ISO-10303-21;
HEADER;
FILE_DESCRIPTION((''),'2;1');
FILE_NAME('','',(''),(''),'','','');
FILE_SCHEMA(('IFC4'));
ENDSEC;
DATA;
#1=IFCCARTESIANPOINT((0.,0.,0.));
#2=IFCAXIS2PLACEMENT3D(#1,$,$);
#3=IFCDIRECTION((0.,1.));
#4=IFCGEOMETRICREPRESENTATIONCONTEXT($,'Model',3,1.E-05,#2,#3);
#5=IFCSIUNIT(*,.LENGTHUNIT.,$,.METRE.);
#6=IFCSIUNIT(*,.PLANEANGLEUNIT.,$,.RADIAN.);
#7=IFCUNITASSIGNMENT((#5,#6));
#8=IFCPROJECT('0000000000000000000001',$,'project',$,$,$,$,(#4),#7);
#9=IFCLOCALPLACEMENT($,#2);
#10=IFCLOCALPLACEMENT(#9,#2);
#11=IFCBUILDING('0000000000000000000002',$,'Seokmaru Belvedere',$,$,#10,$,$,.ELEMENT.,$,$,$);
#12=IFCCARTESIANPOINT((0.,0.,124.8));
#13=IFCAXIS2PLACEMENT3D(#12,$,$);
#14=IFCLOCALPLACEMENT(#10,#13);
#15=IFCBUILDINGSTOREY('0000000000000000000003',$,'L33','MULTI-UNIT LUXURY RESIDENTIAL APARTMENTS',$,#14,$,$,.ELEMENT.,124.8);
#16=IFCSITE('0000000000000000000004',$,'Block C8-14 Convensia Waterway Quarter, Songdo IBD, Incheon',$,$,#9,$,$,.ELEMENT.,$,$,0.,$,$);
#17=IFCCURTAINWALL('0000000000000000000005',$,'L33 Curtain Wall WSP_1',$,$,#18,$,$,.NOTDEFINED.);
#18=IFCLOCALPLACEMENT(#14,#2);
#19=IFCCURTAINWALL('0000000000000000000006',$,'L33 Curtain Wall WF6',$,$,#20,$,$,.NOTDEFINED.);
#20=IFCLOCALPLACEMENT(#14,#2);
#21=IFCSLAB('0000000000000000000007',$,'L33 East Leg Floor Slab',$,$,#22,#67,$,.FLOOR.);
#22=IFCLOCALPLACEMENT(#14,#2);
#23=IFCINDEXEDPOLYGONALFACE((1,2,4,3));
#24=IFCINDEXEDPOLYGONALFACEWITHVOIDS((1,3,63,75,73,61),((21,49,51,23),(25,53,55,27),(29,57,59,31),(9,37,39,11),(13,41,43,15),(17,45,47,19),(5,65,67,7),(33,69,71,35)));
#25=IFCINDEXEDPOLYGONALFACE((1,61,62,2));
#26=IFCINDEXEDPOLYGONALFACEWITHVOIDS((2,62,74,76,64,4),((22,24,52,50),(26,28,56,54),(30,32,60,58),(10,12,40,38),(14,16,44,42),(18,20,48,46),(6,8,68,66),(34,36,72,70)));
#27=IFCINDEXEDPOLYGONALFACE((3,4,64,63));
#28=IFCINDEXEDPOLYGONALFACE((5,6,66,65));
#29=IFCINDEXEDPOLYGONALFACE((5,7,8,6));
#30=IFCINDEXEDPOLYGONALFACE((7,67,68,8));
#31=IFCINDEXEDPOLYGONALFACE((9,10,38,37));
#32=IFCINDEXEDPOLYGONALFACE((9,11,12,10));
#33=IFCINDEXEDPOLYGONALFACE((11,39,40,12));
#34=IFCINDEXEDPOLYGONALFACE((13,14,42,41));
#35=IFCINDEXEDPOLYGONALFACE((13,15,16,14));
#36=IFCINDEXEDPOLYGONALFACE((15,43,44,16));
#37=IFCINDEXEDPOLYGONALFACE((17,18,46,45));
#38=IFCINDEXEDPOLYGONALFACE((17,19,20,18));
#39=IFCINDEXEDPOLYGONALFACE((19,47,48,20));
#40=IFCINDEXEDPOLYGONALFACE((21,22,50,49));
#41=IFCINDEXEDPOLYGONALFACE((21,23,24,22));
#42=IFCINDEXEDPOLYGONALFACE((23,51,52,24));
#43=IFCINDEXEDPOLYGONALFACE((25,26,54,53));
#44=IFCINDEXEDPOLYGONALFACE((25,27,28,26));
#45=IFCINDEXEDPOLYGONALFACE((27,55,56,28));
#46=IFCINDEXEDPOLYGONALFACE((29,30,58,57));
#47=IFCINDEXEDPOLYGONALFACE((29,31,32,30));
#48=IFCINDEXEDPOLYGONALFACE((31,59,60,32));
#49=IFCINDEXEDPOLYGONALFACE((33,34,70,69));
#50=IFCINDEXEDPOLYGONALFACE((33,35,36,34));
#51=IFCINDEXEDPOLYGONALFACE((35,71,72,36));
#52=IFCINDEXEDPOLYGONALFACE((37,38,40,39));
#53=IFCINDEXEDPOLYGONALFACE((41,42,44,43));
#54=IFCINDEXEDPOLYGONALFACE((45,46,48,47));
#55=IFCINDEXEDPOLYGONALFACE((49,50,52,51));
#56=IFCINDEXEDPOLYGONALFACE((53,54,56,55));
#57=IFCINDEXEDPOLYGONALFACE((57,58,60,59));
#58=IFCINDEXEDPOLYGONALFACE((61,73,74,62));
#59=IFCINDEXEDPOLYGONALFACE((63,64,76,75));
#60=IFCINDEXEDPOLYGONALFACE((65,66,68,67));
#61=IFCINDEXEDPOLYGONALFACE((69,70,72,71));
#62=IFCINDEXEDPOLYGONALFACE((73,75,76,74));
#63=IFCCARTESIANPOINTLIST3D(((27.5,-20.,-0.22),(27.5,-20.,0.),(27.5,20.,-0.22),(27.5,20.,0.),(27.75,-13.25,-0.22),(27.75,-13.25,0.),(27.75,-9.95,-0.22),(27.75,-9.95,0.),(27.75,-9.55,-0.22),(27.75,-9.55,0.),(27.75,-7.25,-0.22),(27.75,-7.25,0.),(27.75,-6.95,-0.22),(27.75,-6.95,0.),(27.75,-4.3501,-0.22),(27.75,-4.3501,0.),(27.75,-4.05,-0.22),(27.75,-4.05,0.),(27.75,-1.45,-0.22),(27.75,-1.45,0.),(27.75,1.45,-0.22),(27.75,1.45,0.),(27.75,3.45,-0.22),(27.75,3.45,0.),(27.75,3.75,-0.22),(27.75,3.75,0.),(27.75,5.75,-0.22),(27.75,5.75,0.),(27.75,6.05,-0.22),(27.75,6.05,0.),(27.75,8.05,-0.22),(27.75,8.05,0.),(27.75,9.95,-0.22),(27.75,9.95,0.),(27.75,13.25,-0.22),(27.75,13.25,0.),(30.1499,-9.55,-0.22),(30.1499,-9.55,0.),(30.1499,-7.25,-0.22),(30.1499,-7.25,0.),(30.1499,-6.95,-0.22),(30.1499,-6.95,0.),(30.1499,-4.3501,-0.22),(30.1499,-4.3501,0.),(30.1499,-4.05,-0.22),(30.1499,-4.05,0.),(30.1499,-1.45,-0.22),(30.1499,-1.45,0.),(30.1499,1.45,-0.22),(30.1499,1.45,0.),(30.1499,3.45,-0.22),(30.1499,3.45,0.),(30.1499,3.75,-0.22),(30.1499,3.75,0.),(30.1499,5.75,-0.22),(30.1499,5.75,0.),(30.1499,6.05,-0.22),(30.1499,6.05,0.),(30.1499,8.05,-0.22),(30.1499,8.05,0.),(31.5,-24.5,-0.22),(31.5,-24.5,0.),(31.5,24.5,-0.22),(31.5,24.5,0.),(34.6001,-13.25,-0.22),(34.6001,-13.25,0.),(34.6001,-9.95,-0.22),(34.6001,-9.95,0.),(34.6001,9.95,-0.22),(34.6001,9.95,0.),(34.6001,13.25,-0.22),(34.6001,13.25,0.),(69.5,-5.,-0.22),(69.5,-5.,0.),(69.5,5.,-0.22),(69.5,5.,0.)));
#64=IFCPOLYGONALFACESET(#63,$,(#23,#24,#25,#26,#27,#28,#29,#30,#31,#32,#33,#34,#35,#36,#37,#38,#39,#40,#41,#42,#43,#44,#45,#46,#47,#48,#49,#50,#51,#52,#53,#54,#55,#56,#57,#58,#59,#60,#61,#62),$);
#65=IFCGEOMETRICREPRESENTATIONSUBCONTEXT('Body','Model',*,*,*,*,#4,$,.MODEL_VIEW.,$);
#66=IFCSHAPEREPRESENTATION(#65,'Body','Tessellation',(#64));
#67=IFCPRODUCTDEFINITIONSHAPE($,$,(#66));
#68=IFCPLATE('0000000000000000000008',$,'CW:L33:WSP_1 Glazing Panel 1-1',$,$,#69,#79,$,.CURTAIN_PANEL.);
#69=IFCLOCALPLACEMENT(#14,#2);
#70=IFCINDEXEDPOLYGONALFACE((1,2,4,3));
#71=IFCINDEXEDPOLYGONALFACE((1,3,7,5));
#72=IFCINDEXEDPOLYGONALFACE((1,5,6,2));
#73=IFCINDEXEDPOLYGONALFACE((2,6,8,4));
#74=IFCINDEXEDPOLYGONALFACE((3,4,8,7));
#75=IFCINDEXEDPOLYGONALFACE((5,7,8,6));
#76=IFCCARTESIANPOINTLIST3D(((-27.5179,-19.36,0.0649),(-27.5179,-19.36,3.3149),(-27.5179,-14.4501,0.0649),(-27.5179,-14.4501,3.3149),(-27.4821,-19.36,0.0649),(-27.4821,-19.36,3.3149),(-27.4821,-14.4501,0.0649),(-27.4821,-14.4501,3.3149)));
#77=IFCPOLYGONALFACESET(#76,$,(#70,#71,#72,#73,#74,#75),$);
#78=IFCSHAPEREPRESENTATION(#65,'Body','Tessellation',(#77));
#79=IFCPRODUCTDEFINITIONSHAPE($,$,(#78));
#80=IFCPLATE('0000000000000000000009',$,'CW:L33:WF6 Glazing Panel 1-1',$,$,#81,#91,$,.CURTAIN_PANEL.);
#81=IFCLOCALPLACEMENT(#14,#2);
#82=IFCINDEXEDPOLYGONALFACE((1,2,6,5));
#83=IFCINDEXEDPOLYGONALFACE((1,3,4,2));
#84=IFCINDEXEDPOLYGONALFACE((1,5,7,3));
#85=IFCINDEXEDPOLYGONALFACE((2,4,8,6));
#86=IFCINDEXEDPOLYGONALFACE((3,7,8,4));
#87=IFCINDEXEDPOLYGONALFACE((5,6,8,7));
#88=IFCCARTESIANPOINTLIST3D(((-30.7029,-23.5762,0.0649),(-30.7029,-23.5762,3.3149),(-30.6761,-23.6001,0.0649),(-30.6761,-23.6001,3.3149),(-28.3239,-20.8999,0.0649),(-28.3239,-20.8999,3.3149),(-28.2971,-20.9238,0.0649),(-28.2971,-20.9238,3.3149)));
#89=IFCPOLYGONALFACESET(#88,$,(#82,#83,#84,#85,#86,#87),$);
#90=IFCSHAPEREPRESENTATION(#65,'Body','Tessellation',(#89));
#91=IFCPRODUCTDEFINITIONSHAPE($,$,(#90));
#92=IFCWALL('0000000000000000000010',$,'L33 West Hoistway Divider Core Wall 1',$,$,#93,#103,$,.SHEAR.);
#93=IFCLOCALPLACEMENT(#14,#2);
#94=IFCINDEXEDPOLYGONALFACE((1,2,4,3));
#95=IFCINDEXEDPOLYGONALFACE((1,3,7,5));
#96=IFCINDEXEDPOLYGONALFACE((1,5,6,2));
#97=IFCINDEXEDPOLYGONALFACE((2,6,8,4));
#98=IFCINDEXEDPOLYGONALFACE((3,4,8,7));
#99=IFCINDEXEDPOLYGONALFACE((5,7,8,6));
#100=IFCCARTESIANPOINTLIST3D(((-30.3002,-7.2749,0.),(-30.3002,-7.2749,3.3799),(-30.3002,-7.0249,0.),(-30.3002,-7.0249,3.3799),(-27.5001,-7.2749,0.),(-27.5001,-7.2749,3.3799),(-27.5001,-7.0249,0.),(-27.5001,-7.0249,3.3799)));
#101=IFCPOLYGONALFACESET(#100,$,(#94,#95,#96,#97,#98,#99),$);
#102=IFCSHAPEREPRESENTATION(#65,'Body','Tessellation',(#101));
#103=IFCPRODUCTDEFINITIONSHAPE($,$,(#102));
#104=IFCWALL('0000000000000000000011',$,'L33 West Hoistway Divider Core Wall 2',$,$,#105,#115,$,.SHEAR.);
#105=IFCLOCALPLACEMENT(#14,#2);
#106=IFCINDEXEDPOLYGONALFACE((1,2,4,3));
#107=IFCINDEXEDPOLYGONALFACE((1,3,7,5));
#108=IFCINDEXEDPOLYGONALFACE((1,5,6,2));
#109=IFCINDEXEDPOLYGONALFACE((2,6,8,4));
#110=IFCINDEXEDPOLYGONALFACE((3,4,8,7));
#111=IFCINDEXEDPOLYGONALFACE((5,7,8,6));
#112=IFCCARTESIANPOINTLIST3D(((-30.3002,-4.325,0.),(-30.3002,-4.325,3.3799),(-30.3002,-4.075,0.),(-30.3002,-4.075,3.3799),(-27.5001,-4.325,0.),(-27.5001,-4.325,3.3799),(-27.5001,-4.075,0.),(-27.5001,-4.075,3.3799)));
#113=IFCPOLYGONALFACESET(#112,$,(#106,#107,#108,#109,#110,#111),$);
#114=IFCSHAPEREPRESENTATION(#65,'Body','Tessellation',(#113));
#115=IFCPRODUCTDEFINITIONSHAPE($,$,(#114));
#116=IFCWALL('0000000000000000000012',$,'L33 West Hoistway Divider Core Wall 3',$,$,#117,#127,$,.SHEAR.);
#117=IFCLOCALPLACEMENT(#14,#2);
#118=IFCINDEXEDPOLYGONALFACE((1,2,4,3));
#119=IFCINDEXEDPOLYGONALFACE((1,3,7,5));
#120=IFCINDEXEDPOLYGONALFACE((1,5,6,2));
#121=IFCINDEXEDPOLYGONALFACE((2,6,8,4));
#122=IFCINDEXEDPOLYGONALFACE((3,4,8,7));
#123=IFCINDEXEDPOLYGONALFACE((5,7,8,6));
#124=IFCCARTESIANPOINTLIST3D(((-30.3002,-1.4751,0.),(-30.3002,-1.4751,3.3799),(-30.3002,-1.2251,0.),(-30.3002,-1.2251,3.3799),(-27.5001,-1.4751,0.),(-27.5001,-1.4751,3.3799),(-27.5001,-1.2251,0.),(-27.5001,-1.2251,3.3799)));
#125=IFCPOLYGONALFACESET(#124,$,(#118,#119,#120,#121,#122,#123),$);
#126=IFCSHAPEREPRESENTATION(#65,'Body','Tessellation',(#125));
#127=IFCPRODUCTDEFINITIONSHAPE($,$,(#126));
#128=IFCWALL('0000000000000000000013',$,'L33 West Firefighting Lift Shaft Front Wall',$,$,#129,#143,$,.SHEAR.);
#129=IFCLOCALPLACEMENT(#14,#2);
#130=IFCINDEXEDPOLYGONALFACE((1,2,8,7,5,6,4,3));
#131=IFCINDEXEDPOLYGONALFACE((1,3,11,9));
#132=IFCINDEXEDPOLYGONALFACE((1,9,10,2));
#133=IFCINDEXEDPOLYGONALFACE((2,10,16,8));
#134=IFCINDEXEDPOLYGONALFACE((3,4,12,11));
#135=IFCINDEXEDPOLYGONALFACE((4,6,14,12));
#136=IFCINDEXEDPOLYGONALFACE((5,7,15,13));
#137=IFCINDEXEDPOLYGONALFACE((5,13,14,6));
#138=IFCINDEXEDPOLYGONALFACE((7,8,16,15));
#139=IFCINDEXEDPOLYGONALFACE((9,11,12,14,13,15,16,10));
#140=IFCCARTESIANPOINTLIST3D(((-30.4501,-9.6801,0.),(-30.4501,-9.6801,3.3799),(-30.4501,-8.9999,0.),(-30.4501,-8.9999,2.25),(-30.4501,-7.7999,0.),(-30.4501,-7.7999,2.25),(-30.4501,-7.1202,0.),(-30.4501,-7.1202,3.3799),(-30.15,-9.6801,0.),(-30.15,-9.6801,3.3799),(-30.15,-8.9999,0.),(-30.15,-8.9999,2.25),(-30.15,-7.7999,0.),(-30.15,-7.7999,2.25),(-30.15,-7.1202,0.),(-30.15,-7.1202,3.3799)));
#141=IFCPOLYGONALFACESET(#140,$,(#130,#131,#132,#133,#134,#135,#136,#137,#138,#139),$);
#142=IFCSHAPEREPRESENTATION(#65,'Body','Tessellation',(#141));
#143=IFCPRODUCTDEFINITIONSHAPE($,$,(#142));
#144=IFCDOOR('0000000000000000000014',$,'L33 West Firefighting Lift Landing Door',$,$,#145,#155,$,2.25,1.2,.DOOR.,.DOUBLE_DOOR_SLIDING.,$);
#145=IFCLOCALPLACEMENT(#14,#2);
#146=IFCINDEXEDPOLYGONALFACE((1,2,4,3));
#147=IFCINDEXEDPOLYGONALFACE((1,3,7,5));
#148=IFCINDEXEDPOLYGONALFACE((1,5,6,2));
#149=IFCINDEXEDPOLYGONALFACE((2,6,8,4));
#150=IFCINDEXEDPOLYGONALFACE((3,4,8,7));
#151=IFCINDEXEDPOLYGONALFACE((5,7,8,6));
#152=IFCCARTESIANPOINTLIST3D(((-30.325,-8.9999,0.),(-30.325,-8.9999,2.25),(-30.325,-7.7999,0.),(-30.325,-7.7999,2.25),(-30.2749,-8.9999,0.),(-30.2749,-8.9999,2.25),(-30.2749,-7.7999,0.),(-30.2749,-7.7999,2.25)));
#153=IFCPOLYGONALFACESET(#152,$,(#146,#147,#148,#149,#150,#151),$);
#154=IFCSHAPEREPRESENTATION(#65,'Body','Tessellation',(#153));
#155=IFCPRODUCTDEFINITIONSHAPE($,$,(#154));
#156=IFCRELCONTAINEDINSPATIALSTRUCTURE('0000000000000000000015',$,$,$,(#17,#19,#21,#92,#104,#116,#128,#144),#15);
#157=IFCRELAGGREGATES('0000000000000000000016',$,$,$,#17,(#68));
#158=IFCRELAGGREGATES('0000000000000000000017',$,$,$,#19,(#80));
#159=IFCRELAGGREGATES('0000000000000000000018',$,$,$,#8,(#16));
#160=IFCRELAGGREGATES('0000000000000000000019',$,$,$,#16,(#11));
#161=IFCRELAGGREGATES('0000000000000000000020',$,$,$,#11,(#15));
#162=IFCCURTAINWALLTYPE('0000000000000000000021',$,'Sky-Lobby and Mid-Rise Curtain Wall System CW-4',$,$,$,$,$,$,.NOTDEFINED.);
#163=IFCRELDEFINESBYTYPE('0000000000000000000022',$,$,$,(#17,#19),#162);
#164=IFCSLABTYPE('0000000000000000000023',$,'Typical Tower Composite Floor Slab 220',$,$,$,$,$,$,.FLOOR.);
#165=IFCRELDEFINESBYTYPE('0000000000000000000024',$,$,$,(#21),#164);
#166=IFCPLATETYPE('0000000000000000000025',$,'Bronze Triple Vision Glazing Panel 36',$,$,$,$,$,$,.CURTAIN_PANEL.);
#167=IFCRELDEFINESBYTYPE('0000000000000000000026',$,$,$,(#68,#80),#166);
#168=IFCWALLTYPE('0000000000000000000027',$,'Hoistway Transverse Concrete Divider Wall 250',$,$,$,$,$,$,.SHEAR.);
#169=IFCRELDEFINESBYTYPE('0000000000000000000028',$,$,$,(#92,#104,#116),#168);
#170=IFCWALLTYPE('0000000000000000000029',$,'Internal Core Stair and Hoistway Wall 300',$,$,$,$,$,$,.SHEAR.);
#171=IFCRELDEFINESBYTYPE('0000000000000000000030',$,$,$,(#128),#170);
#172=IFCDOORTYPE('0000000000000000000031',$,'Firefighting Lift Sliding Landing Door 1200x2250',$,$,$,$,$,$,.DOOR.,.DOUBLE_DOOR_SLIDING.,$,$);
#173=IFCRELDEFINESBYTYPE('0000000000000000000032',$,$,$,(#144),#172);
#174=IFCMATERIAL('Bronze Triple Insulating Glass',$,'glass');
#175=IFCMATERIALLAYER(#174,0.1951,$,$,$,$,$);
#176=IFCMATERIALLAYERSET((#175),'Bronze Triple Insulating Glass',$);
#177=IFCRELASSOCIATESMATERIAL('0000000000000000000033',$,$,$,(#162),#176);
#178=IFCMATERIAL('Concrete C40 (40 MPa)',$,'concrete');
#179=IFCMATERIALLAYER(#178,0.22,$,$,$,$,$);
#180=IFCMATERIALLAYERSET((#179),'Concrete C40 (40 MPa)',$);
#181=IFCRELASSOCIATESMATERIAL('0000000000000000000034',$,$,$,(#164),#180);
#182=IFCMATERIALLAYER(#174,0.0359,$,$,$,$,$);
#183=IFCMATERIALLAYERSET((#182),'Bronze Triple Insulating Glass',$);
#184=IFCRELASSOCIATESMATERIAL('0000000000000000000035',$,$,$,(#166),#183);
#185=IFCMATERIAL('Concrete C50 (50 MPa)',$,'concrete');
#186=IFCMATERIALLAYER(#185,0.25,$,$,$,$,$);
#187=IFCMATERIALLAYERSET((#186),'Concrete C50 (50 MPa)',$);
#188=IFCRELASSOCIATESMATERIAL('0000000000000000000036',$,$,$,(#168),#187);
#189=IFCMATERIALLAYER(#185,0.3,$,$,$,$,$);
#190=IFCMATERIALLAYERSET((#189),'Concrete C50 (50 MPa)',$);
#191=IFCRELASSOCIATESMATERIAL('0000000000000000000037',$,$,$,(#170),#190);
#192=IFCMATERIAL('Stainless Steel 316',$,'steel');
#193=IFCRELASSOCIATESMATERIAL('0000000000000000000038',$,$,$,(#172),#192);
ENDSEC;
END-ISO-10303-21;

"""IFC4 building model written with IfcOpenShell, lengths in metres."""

from ifc_helpers import new_model, si_unit, direction, frame, frame_2d, origin, origin_2d, place, context, subcontext, project, spatial, polyline, rectangle, outline, extrude, source, transform, mapped, material, layer, layer_set, type_object, type_shapes, element, fill, aggregate, save


model = new_model("IFC4")

# Units and contexts
model_context = context("Model", 3, precision=1e-05, world=origin(), true_north=direction((0.0, 1.0)))
body_context = subcontext(model_context, "Body", "Model", "MODEL_VIEW")
ifc_project = project(units=[si_unit("LENGTHUNIT", "METRE"), si_unit("PLANEANGLEUNIT", "RADIAN")], contexts=[model_context])

# Site, building, storey
site_placement = place(None, origin())
site = spatial("IfcSite", under=ifc_project, at=site_placement, Name="Block C8-14 Convensia Waterway Quarter, Songdo IBD, Incheon", CompositionType="ELEMENT", RefElevation=0.0)
building_placement = place(site_placement, origin())
building = spatial("IfcBuilding", under=site, at=building_placement, Name="Seokmaru Belvedere", CompositionType="ELEMENT")
storey_placement = place(building_placement, frame((0.0, 0.0, 124.8)))
storey = spatial("IfcBuildingStorey", under=building, at=storey_placement, Name="L33", Description="MULTI-UNIT LUXURY RESIDENTIAL APARTMENTS", CompositionType="ELEMENT", Elevation=124.8)

# Curtain walls
ifc_material_1 = material(Name="Bronze Triple Insulating Glass", Category="glass")
ifc_layer_1 = layer(ifc_material_1, 0.1951)
ifc_layer_set_1 = layer_set([ifc_layer_1], Name="Bronze Triple Insulating Glass")
curtain_wall_type = type_object("IfcCurtainWallType", Name="Sky-Lobby and Mid-Rise Curtain Wall System CW-4", PredefinedType="NOTDEFINED", material=ifc_layer_set_1)
curtain_wall_1_placement = place(storey_placement, origin())
curtain_wall_1 = element("IfcCurtainWall", 1, at=curtain_wall_1_placement, inside=storey, type_object=curtain_wall_type, Name="L33 Curtain Wall WSP_1", PredefinedType="NOTDEFINED")
curtain_wall_2_placement = place(storey_placement, origin())
curtain_wall_2 = element("IfcCurtainWall", 2, at=curtain_wall_2_placement, inside=storey, type_object=curtain_wall_type, Name="L33 Curtain Wall WF6", PredefinedType="NOTDEFINED")

# Slab
ifc_material_2 = material(Name="Concrete C40 (40 MPa)", Category="concrete")
ifc_layer_2 = layer(ifc_material_2, 0.22)
ifc_layer_set_2 = layer_set([ifc_layer_2], Name="Concrete C40 (40 MPa)")
slab_type = type_object("IfcSlabType", Name="Typical Tower Composite Floor Slab 220", PredefinedType="FLOOR", material=ifc_layer_set_2)
slab_1_placement = place(storey_placement, frame((0.0, 0.0, -0.22)))
element("IfcSlab", 3, at=slab_1_placement, inside=storey, type_object=slab_type, Name="L33 East Leg Floor Slab", PredefinedType="FLOOR", context=body_context, shape_type="SweptSolid", body=[
    extrude(outline(polyline([(31.5, -24.5), (69.5, -5.0), (69.5, 5.0), (31.5, 24.5), (27.5, 20.0), (27.5, -20.0), (31.5, -24.5)]), holes=[polyline([(27.75, -13.25), (34.6001, -13.25), (34.6001, -9.95), (27.75, -9.95), (27.75, -13.25)]), polyline([(27.75, 9.95), (34.6001, 9.95), (34.6001, 13.25), (27.75, 13.25), (27.75, 9.95)]), polyline([(27.75, -9.55), (30.1499, -9.55), (30.1499, -7.25), (27.75, -7.25), (27.75, -9.55)]), polyline([(27.75, -6.95), (30.1499, -6.95), (30.1499, -4.3501), (27.75, -4.3501), (27.75, -6.95)]), polyline([(27.75, -4.05), (30.1499, -4.05), (30.1499, -1.45), (27.75, -1.45), (27.75, -4.05)]), polyline([(27.75, 1.45), (30.1499, 1.45), (30.1499, 3.45), (27.75, 3.45), (27.75, 1.45)]), polyline([(27.75, 3.75), (30.1499, 3.75), (30.1499, 5.75), (27.75, 5.75), (27.75, 3.75)]), polyline([(27.75, 6.05), (30.1499, 6.05), (30.1499, 8.05), (27.75, 8.05), (27.75, 6.05)])]), origin(), (0.0, 0.0, 1.0), 0.22),
])

# Plates
ifc_layer_3 = layer(ifc_material_1, 0.0359)
ifc_layer_set_3 = layer_set([ifc_layer_3], Name="Bronze Triple Insulating Glass")
plate_type = type_object("IfcPlateType", Name="Bronze Triple Vision Glazing Panel 36", PredefinedType="CURTAIN_PANEL", material=ifc_layer_set_3)
shared_shape_1 = source(origin(), body_context, "Body", "SweptSolid", [
    extrude(rectangle(XDim=4.9099, YDim=0.0359, at=origin_2d()), origin(), (0.0, 0.0, 1.0), 3.25),
])
plate_1_placement = place(storey_placement, frame((-27.5, -16.905, 0.0649), z_axis=(0.0, 0.0, 1.0), x_axis=(0.0, 1.0, 0.0)))
plate_1 = element("IfcPlate", 4, at=plate_1_placement, type_object=plate_type, Name="CW:L33:WSP_1 Glazing Panel 1-1", PredefinedType="CURTAIN_PANEL", context=body_context, shape_type="MappedRepresentation", body=[
    mapped(shared_shape_1, transform((0.0, 0.0, 0.0), scale=1.0)),
])
aggregate(curtain_wall_1, [plate_1])
shared_shape_2 = source(origin(), body_context, "Body", "SweptSolid", [
    extrude(rectangle(XDim=3.5808, YDim=0.0359, at=origin_2d()), origin(), (0.0, 0.0, 1.0), 3.25),
])
type_shapes(plate_type, [shared_shape_1, shared_shape_2])
plate_2_placement = place(storey_placement, frame((-29.5, -22.25, 0.0649), z_axis=(0.0, 0.0, 1.0), x_axis=(0.664363, 0.74741, 0.0)))
plate_2 = element("IfcPlate", 5, at=plate_2_placement, type_object=plate_type, Name="CW:L33:WF6 Glazing Panel 1-1", PredefinedType="CURTAIN_PANEL", context=body_context, shape_type="MappedRepresentation", body=[
    mapped(shared_shape_2, transform((0.0, 0.0, 0.0), scale=1.0)),
])
aggregate(curtain_wall_2, [plate_2])

# Walls
ifc_material_3 = material(Name="Concrete C50 (50 MPa)", Category="concrete")
ifc_layer_4 = layer(ifc_material_3, 0.25)
ifc_layer_set_4 = layer_set([ifc_layer_4], Name="Concrete C50 (50 MPa)")
wall_type_1 = type_object("IfcWallType", Name="Hoistway Transverse Concrete Divider Wall 250", PredefinedType="SHEAR", material=ifc_layer_set_4)
for number, where, z_axis, x_axis, name in (
    (6, (-30.3, -7.1499, 0.0), (0.0, 0.0, 1.0), (1.0, 0.0, 0.0), "L33 West Hoistway Divider Core Wall 1"),
    (7, (-30.3, -4.2, 0.0), (0.0, 0.0, 1.0), (1.0, 0.0, 0.0), "L33 West Hoistway Divider Core Wall 2"),
    (8, (-30.3, -1.3501, 0.0), (0.0, 0.0, 1.0), (1.0, 0.0, 0.0), "L33 West Hoistway Divider Core Wall 3"),
):
    element("IfcWall", number, at=place(storey_placement, frame(where, z_axis=z_axis, x_axis=x_axis)), inside=storey, type_object=wall_type_1, Name=name, PredefinedType="SHEAR", context=body_context, shape_type="SweptSolid", body=[
        extrude(rectangle(XDim=2.8, YDim=0.25, at=frame_2d((1.3999, 0.0))), origin(), (0.0, 0.0, 1.0), 3.3799),
    ])

# Wall, opening, door
ifc_layer_5 = layer(ifc_material_3, 0.3)
ifc_layer_set_5 = layer_set([ifc_layer_5], Name="Concrete C50 (50 MPa)")
wall_type_2 = type_object("IfcWallType", Name="Internal Core Stair and Hoistway Wall 300", PredefinedType="SHEAR", material=ifc_layer_set_5)
wall_1_placement = place(storey_placement, frame((-30.3, -9.6799, 0.0), z_axis=(0.0, 0.0, 1.0), x_axis=(0.0, 1.0, 0.0)))
wall_1 = element("IfcWall", 9, at=wall_1_placement, inside=storey, type_object=wall_type_2, Name="L33 West Firefighting Lift Shaft Front Wall", PredefinedType="SHEAR", context=body_context, shape_type="SweptSolid", body=[
    extrude(rectangle(XDim=2.5598, YDim=0.3, at=frame_2d((1.2798, 0.0))), origin(), (0.0, 0.0, 1.0), 3.3799),
])
opening_1_placement = place(wall_1_placement, frame((0.6799, 0.0, 0.0)))
opening_1 = element("IfcOpeningElement", 10, at=opening_1_placement, cuts=wall_1, PredefinedType="OPENING", context=body_context, shape_type="SweptSolid", body=[
    extrude(rectangle(XDim=1.2, YDim=2.25, at=frame_2d((0.6001, 1.125))), frame((0.0, 0.1602, 0.0), z_axis=(0.0, -1.0, 0.0), x_axis=(1.0, 0.0, 0.0)), (0.0, 0.0, 1.0), 0.3201),
])
ifc_material_4 = material(Name="Stainless Steel 316", Category="steel")
door_type_1 = type_object("IfcDoorType", Name="Firefighting Lift Sliding Landing Door 1200x2250", OperationType="DOUBLE_DOOR_SLIDING", PredefinedType="DOOR", material=ifc_material_4)
shared_shape_3 = source(origin(), body_context, "Body", "SweptSolid", [
    extrude(rectangle(XDim=1.2, YDim=2.25, at=frame_2d((0.6001, 1.125))), frame((0.0, 0.0249, 0.0), z_axis=(0.0, -1.0, 0.0), x_axis=(1.0, 0.0, 0.0)), (0.0, 0.0, 1.0), 0.05),
])
type_shapes(door_type_1, [shared_shape_3])
door_1_placement = place(opening_1_placement, origin())
door_1 = element("IfcDoor", 11, at=door_1_placement, inside=storey, type_object=door_type_1, Name="L33 West Firefighting Lift Landing Door", OperationType="DOUBLE_DOOR_SLIDING", OverallHeight=2.25, OverallWidth=1.2, PredefinedType="DOOR", context=body_context, shape_type="MappedRepresentation", body=[
    mapped(shared_shape_3, transform((0.0, 0.0, 0.0), scale=1.0)),
])
fill(opening_1, door_1)

save(model, "model.ifc")
